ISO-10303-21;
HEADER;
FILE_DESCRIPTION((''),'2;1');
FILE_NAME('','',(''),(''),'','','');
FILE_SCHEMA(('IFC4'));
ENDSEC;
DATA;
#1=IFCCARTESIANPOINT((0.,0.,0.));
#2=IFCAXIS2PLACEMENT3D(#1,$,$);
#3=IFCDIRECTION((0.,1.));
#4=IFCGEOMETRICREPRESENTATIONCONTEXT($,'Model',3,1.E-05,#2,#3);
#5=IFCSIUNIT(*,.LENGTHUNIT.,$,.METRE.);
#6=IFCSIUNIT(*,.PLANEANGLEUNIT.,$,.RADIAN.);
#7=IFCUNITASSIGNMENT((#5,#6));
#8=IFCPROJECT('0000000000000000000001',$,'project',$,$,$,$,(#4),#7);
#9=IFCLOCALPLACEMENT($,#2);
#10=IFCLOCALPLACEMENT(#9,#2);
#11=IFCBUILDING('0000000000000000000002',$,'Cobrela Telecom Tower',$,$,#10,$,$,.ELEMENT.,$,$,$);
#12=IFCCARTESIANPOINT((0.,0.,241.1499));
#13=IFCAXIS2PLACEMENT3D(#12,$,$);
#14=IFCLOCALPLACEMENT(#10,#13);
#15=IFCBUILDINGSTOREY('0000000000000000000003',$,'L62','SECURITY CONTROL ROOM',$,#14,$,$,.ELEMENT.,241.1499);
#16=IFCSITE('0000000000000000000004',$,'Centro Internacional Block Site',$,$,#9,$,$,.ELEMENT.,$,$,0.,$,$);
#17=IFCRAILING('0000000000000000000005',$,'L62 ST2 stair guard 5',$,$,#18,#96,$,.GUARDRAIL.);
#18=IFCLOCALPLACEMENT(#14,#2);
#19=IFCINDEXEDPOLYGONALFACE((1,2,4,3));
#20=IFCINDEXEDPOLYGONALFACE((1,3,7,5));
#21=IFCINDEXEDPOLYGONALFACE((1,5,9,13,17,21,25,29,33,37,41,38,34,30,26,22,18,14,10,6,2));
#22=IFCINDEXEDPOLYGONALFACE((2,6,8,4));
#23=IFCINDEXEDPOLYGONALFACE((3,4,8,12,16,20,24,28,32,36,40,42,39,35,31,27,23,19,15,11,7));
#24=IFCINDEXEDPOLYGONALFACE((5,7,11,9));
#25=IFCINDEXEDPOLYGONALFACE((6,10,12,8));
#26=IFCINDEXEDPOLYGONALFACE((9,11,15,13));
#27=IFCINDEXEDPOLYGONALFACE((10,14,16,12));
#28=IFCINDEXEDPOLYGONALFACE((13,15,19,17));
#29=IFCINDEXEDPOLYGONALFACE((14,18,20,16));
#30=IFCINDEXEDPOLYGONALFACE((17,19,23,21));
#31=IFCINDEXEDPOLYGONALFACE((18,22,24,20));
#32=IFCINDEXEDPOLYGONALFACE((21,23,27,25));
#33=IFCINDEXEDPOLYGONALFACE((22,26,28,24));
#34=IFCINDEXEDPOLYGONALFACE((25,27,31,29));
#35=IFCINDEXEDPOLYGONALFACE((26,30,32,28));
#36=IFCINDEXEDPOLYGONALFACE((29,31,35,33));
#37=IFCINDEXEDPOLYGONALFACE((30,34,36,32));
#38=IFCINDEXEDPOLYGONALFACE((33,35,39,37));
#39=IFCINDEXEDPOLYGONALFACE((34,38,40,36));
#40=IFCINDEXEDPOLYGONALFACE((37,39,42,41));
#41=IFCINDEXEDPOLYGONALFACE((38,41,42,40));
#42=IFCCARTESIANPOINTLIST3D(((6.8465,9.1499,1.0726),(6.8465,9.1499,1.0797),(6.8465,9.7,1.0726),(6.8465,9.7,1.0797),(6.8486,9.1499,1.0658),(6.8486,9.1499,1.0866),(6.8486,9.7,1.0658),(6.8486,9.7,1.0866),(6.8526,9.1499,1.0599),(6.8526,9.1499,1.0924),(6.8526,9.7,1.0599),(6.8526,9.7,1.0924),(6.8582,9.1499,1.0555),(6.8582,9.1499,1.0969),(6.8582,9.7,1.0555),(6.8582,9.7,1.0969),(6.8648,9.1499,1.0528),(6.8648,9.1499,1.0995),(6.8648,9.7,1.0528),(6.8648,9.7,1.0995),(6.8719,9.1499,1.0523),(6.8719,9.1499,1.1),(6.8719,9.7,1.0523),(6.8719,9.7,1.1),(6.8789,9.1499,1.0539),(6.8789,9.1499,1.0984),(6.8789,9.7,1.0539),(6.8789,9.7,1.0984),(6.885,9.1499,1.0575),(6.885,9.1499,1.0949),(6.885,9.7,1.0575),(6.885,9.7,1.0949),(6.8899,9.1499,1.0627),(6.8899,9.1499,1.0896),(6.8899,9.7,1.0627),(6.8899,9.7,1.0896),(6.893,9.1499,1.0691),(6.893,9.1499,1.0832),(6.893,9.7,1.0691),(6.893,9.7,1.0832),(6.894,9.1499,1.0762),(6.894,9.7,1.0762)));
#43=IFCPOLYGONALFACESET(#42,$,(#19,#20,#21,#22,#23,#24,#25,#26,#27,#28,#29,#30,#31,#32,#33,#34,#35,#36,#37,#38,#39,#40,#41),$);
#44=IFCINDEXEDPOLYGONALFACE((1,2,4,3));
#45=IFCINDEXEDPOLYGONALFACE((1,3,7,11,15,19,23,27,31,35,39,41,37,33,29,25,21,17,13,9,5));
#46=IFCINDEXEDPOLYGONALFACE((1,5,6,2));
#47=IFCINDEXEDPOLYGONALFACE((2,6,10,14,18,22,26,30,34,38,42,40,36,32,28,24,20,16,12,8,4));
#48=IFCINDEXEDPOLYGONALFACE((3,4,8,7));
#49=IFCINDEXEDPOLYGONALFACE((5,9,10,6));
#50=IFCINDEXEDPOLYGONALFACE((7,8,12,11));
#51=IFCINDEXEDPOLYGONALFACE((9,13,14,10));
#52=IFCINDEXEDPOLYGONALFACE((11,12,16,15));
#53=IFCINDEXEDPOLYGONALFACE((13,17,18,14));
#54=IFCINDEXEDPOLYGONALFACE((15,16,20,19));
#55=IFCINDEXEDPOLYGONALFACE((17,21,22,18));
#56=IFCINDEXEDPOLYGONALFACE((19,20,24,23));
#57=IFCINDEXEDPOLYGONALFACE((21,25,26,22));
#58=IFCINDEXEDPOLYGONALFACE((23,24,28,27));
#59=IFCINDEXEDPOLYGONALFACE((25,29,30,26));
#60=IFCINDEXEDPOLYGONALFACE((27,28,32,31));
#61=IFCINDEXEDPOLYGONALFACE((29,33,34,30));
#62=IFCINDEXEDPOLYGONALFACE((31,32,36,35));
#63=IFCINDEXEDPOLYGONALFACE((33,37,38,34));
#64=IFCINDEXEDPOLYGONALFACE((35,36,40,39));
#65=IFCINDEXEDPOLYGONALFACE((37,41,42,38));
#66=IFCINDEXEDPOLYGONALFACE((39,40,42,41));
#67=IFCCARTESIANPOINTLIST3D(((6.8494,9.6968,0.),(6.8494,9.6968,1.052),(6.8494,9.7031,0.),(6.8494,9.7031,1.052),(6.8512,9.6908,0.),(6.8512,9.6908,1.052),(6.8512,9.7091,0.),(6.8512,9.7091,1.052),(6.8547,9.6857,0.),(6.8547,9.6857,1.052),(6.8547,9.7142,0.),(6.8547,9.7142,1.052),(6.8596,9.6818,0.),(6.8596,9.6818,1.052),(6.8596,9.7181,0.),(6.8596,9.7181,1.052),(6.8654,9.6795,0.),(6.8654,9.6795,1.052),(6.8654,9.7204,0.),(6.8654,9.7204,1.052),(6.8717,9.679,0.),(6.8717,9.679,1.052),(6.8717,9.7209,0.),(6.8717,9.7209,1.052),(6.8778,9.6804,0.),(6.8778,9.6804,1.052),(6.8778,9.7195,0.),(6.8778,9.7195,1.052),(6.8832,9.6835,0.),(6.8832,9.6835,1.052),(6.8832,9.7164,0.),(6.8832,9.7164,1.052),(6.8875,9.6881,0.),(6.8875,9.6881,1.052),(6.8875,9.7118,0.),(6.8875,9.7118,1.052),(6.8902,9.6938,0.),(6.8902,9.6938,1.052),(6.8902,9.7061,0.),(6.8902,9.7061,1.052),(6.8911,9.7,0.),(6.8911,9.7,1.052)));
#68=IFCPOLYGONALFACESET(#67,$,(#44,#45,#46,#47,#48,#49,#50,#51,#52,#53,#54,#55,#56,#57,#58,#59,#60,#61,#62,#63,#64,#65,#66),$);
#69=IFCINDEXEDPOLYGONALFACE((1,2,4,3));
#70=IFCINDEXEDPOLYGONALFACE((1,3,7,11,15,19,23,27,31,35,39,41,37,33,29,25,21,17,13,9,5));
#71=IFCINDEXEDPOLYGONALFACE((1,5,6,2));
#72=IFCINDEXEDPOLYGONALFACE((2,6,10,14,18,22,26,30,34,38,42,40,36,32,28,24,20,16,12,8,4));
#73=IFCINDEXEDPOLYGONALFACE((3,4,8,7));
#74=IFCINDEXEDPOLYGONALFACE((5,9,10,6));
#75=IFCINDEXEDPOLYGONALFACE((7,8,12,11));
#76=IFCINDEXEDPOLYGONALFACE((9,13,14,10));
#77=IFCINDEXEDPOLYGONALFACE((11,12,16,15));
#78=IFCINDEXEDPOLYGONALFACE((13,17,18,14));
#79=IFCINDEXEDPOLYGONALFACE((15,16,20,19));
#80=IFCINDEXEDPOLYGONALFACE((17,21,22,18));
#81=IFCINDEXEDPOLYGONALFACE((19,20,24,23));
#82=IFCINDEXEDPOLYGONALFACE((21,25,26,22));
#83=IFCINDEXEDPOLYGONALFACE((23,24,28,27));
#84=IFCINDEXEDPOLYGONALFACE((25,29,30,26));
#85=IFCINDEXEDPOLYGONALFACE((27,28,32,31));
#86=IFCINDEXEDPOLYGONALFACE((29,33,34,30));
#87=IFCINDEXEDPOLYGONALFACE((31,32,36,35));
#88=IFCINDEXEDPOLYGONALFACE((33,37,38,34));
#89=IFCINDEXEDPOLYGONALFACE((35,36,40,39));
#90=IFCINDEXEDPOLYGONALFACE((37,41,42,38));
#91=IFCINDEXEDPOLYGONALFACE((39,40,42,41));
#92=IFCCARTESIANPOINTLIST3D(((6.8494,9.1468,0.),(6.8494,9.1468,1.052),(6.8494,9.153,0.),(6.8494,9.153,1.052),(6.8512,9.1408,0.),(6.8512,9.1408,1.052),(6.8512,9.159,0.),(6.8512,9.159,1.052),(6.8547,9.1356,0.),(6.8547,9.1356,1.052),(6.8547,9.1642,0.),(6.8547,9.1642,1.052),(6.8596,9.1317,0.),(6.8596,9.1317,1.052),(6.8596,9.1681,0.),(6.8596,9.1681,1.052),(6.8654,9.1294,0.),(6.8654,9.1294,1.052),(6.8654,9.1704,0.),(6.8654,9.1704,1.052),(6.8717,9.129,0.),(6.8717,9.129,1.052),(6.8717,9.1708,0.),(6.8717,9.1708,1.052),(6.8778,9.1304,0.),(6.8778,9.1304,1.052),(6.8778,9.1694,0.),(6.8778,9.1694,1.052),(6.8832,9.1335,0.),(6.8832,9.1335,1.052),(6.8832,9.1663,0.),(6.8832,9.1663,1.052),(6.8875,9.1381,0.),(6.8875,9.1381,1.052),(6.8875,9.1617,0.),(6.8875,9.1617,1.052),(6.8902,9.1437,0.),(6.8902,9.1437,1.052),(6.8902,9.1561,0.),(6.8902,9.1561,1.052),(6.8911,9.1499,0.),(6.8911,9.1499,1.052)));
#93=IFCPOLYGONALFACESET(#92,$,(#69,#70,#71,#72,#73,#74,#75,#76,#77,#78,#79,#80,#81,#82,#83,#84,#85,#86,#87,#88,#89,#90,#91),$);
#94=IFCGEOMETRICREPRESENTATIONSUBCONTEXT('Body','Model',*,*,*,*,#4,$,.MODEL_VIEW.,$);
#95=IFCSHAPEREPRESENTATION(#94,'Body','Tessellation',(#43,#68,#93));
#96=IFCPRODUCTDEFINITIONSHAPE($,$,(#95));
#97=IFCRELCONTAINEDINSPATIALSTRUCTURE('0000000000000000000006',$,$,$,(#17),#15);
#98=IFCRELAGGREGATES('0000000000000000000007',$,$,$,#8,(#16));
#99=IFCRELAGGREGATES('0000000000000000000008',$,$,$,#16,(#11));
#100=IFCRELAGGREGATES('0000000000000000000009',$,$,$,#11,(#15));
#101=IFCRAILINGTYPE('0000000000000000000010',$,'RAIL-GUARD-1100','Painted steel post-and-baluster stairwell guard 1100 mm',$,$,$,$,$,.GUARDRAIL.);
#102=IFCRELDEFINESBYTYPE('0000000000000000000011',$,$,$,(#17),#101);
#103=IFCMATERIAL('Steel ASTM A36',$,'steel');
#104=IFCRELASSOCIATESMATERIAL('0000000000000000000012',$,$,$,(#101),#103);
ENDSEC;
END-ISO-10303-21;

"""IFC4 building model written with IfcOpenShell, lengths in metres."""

from ifc_helpers import new_model, si_unit, direction, frame, origin, origin_2d, place, context, subcontext, project, spatial, circle, extrude, material, type_object, element, save


model = new_model("IFC4")

# Units and contexts
model_context = context("Model", 3, precision=1e-05, world=origin(), true_north=direction((0.0, 1.0)))
body_context = subcontext(model_context, "Body", "Model", "MODEL_VIEW")
ifc_project = project(units=[si_unit("LENGTHUNIT", "METRE"), si_unit("PLANEANGLEUNIT", "RADIAN")], contexts=[model_context])

# Site, building, storey
site_placement = place(None, origin())
site = spatial("IfcSite", under=ifc_project, at=site_placement, Name="Centro Internacional Block Site", CompositionType="ELEMENT", RefElevation=0.0)
building_placement = place(site_placement, origin())
building = spatial("IfcBuilding", under=site, at=building_placement, Name="Cobrela Telecom Tower", CompositionType="ELEMENT")
storey_placement = place(building_placement, frame((0.0, 0.0, 241.1499)))
storey = spatial("IfcBuildingStorey", under=building, at=storey_placement, Name="L62", Description="SECURITY CONTROL ROOM", CompositionType="ELEMENT", Elevation=241.1499)

# Railing
ifc_material_1 = material(Name="Steel ASTM A36", Category="steel")
railing_type = type_object("IfcRailingType", Name="RAIL-GUARD-1100", Description="Painted steel post-and-baluster stairwell guard 1100 mm", PredefinedType="GUARDRAIL", material=ifc_material_1)
railing_placement = place(storey_placement, frame((6.8701, 9.7, 0.0)))
element("IfcRailing", 1, at=railing_placement, inside=storey, type_object=railing_type, Name="L62 ST2 stair guard 5", PredefinedType="GUARDRAIL", context=body_context, shape_type="SweptSolid", body=[
    extrude(circle(Radius=0.0239, at=origin_2d()), frame((0.0, 0.0, 1.0762), z_axis=(0.0, -1.0, 0.0), x_axis=(1.0, 0.0, 0.0)), (0.0, 0.0, 1.0), 0.55),
    extrude(circle(Radius=0.021, at=origin_2d()), origin(), (0.0, 0.0, 1.0), 1.052),
    extrude(circle(Radius=0.021, at=origin_2d()), frame((0.0, -0.55, 0.0)), (0.0, 0.0, 1.0), 1.052),
])

save(model, "model.ifc")
